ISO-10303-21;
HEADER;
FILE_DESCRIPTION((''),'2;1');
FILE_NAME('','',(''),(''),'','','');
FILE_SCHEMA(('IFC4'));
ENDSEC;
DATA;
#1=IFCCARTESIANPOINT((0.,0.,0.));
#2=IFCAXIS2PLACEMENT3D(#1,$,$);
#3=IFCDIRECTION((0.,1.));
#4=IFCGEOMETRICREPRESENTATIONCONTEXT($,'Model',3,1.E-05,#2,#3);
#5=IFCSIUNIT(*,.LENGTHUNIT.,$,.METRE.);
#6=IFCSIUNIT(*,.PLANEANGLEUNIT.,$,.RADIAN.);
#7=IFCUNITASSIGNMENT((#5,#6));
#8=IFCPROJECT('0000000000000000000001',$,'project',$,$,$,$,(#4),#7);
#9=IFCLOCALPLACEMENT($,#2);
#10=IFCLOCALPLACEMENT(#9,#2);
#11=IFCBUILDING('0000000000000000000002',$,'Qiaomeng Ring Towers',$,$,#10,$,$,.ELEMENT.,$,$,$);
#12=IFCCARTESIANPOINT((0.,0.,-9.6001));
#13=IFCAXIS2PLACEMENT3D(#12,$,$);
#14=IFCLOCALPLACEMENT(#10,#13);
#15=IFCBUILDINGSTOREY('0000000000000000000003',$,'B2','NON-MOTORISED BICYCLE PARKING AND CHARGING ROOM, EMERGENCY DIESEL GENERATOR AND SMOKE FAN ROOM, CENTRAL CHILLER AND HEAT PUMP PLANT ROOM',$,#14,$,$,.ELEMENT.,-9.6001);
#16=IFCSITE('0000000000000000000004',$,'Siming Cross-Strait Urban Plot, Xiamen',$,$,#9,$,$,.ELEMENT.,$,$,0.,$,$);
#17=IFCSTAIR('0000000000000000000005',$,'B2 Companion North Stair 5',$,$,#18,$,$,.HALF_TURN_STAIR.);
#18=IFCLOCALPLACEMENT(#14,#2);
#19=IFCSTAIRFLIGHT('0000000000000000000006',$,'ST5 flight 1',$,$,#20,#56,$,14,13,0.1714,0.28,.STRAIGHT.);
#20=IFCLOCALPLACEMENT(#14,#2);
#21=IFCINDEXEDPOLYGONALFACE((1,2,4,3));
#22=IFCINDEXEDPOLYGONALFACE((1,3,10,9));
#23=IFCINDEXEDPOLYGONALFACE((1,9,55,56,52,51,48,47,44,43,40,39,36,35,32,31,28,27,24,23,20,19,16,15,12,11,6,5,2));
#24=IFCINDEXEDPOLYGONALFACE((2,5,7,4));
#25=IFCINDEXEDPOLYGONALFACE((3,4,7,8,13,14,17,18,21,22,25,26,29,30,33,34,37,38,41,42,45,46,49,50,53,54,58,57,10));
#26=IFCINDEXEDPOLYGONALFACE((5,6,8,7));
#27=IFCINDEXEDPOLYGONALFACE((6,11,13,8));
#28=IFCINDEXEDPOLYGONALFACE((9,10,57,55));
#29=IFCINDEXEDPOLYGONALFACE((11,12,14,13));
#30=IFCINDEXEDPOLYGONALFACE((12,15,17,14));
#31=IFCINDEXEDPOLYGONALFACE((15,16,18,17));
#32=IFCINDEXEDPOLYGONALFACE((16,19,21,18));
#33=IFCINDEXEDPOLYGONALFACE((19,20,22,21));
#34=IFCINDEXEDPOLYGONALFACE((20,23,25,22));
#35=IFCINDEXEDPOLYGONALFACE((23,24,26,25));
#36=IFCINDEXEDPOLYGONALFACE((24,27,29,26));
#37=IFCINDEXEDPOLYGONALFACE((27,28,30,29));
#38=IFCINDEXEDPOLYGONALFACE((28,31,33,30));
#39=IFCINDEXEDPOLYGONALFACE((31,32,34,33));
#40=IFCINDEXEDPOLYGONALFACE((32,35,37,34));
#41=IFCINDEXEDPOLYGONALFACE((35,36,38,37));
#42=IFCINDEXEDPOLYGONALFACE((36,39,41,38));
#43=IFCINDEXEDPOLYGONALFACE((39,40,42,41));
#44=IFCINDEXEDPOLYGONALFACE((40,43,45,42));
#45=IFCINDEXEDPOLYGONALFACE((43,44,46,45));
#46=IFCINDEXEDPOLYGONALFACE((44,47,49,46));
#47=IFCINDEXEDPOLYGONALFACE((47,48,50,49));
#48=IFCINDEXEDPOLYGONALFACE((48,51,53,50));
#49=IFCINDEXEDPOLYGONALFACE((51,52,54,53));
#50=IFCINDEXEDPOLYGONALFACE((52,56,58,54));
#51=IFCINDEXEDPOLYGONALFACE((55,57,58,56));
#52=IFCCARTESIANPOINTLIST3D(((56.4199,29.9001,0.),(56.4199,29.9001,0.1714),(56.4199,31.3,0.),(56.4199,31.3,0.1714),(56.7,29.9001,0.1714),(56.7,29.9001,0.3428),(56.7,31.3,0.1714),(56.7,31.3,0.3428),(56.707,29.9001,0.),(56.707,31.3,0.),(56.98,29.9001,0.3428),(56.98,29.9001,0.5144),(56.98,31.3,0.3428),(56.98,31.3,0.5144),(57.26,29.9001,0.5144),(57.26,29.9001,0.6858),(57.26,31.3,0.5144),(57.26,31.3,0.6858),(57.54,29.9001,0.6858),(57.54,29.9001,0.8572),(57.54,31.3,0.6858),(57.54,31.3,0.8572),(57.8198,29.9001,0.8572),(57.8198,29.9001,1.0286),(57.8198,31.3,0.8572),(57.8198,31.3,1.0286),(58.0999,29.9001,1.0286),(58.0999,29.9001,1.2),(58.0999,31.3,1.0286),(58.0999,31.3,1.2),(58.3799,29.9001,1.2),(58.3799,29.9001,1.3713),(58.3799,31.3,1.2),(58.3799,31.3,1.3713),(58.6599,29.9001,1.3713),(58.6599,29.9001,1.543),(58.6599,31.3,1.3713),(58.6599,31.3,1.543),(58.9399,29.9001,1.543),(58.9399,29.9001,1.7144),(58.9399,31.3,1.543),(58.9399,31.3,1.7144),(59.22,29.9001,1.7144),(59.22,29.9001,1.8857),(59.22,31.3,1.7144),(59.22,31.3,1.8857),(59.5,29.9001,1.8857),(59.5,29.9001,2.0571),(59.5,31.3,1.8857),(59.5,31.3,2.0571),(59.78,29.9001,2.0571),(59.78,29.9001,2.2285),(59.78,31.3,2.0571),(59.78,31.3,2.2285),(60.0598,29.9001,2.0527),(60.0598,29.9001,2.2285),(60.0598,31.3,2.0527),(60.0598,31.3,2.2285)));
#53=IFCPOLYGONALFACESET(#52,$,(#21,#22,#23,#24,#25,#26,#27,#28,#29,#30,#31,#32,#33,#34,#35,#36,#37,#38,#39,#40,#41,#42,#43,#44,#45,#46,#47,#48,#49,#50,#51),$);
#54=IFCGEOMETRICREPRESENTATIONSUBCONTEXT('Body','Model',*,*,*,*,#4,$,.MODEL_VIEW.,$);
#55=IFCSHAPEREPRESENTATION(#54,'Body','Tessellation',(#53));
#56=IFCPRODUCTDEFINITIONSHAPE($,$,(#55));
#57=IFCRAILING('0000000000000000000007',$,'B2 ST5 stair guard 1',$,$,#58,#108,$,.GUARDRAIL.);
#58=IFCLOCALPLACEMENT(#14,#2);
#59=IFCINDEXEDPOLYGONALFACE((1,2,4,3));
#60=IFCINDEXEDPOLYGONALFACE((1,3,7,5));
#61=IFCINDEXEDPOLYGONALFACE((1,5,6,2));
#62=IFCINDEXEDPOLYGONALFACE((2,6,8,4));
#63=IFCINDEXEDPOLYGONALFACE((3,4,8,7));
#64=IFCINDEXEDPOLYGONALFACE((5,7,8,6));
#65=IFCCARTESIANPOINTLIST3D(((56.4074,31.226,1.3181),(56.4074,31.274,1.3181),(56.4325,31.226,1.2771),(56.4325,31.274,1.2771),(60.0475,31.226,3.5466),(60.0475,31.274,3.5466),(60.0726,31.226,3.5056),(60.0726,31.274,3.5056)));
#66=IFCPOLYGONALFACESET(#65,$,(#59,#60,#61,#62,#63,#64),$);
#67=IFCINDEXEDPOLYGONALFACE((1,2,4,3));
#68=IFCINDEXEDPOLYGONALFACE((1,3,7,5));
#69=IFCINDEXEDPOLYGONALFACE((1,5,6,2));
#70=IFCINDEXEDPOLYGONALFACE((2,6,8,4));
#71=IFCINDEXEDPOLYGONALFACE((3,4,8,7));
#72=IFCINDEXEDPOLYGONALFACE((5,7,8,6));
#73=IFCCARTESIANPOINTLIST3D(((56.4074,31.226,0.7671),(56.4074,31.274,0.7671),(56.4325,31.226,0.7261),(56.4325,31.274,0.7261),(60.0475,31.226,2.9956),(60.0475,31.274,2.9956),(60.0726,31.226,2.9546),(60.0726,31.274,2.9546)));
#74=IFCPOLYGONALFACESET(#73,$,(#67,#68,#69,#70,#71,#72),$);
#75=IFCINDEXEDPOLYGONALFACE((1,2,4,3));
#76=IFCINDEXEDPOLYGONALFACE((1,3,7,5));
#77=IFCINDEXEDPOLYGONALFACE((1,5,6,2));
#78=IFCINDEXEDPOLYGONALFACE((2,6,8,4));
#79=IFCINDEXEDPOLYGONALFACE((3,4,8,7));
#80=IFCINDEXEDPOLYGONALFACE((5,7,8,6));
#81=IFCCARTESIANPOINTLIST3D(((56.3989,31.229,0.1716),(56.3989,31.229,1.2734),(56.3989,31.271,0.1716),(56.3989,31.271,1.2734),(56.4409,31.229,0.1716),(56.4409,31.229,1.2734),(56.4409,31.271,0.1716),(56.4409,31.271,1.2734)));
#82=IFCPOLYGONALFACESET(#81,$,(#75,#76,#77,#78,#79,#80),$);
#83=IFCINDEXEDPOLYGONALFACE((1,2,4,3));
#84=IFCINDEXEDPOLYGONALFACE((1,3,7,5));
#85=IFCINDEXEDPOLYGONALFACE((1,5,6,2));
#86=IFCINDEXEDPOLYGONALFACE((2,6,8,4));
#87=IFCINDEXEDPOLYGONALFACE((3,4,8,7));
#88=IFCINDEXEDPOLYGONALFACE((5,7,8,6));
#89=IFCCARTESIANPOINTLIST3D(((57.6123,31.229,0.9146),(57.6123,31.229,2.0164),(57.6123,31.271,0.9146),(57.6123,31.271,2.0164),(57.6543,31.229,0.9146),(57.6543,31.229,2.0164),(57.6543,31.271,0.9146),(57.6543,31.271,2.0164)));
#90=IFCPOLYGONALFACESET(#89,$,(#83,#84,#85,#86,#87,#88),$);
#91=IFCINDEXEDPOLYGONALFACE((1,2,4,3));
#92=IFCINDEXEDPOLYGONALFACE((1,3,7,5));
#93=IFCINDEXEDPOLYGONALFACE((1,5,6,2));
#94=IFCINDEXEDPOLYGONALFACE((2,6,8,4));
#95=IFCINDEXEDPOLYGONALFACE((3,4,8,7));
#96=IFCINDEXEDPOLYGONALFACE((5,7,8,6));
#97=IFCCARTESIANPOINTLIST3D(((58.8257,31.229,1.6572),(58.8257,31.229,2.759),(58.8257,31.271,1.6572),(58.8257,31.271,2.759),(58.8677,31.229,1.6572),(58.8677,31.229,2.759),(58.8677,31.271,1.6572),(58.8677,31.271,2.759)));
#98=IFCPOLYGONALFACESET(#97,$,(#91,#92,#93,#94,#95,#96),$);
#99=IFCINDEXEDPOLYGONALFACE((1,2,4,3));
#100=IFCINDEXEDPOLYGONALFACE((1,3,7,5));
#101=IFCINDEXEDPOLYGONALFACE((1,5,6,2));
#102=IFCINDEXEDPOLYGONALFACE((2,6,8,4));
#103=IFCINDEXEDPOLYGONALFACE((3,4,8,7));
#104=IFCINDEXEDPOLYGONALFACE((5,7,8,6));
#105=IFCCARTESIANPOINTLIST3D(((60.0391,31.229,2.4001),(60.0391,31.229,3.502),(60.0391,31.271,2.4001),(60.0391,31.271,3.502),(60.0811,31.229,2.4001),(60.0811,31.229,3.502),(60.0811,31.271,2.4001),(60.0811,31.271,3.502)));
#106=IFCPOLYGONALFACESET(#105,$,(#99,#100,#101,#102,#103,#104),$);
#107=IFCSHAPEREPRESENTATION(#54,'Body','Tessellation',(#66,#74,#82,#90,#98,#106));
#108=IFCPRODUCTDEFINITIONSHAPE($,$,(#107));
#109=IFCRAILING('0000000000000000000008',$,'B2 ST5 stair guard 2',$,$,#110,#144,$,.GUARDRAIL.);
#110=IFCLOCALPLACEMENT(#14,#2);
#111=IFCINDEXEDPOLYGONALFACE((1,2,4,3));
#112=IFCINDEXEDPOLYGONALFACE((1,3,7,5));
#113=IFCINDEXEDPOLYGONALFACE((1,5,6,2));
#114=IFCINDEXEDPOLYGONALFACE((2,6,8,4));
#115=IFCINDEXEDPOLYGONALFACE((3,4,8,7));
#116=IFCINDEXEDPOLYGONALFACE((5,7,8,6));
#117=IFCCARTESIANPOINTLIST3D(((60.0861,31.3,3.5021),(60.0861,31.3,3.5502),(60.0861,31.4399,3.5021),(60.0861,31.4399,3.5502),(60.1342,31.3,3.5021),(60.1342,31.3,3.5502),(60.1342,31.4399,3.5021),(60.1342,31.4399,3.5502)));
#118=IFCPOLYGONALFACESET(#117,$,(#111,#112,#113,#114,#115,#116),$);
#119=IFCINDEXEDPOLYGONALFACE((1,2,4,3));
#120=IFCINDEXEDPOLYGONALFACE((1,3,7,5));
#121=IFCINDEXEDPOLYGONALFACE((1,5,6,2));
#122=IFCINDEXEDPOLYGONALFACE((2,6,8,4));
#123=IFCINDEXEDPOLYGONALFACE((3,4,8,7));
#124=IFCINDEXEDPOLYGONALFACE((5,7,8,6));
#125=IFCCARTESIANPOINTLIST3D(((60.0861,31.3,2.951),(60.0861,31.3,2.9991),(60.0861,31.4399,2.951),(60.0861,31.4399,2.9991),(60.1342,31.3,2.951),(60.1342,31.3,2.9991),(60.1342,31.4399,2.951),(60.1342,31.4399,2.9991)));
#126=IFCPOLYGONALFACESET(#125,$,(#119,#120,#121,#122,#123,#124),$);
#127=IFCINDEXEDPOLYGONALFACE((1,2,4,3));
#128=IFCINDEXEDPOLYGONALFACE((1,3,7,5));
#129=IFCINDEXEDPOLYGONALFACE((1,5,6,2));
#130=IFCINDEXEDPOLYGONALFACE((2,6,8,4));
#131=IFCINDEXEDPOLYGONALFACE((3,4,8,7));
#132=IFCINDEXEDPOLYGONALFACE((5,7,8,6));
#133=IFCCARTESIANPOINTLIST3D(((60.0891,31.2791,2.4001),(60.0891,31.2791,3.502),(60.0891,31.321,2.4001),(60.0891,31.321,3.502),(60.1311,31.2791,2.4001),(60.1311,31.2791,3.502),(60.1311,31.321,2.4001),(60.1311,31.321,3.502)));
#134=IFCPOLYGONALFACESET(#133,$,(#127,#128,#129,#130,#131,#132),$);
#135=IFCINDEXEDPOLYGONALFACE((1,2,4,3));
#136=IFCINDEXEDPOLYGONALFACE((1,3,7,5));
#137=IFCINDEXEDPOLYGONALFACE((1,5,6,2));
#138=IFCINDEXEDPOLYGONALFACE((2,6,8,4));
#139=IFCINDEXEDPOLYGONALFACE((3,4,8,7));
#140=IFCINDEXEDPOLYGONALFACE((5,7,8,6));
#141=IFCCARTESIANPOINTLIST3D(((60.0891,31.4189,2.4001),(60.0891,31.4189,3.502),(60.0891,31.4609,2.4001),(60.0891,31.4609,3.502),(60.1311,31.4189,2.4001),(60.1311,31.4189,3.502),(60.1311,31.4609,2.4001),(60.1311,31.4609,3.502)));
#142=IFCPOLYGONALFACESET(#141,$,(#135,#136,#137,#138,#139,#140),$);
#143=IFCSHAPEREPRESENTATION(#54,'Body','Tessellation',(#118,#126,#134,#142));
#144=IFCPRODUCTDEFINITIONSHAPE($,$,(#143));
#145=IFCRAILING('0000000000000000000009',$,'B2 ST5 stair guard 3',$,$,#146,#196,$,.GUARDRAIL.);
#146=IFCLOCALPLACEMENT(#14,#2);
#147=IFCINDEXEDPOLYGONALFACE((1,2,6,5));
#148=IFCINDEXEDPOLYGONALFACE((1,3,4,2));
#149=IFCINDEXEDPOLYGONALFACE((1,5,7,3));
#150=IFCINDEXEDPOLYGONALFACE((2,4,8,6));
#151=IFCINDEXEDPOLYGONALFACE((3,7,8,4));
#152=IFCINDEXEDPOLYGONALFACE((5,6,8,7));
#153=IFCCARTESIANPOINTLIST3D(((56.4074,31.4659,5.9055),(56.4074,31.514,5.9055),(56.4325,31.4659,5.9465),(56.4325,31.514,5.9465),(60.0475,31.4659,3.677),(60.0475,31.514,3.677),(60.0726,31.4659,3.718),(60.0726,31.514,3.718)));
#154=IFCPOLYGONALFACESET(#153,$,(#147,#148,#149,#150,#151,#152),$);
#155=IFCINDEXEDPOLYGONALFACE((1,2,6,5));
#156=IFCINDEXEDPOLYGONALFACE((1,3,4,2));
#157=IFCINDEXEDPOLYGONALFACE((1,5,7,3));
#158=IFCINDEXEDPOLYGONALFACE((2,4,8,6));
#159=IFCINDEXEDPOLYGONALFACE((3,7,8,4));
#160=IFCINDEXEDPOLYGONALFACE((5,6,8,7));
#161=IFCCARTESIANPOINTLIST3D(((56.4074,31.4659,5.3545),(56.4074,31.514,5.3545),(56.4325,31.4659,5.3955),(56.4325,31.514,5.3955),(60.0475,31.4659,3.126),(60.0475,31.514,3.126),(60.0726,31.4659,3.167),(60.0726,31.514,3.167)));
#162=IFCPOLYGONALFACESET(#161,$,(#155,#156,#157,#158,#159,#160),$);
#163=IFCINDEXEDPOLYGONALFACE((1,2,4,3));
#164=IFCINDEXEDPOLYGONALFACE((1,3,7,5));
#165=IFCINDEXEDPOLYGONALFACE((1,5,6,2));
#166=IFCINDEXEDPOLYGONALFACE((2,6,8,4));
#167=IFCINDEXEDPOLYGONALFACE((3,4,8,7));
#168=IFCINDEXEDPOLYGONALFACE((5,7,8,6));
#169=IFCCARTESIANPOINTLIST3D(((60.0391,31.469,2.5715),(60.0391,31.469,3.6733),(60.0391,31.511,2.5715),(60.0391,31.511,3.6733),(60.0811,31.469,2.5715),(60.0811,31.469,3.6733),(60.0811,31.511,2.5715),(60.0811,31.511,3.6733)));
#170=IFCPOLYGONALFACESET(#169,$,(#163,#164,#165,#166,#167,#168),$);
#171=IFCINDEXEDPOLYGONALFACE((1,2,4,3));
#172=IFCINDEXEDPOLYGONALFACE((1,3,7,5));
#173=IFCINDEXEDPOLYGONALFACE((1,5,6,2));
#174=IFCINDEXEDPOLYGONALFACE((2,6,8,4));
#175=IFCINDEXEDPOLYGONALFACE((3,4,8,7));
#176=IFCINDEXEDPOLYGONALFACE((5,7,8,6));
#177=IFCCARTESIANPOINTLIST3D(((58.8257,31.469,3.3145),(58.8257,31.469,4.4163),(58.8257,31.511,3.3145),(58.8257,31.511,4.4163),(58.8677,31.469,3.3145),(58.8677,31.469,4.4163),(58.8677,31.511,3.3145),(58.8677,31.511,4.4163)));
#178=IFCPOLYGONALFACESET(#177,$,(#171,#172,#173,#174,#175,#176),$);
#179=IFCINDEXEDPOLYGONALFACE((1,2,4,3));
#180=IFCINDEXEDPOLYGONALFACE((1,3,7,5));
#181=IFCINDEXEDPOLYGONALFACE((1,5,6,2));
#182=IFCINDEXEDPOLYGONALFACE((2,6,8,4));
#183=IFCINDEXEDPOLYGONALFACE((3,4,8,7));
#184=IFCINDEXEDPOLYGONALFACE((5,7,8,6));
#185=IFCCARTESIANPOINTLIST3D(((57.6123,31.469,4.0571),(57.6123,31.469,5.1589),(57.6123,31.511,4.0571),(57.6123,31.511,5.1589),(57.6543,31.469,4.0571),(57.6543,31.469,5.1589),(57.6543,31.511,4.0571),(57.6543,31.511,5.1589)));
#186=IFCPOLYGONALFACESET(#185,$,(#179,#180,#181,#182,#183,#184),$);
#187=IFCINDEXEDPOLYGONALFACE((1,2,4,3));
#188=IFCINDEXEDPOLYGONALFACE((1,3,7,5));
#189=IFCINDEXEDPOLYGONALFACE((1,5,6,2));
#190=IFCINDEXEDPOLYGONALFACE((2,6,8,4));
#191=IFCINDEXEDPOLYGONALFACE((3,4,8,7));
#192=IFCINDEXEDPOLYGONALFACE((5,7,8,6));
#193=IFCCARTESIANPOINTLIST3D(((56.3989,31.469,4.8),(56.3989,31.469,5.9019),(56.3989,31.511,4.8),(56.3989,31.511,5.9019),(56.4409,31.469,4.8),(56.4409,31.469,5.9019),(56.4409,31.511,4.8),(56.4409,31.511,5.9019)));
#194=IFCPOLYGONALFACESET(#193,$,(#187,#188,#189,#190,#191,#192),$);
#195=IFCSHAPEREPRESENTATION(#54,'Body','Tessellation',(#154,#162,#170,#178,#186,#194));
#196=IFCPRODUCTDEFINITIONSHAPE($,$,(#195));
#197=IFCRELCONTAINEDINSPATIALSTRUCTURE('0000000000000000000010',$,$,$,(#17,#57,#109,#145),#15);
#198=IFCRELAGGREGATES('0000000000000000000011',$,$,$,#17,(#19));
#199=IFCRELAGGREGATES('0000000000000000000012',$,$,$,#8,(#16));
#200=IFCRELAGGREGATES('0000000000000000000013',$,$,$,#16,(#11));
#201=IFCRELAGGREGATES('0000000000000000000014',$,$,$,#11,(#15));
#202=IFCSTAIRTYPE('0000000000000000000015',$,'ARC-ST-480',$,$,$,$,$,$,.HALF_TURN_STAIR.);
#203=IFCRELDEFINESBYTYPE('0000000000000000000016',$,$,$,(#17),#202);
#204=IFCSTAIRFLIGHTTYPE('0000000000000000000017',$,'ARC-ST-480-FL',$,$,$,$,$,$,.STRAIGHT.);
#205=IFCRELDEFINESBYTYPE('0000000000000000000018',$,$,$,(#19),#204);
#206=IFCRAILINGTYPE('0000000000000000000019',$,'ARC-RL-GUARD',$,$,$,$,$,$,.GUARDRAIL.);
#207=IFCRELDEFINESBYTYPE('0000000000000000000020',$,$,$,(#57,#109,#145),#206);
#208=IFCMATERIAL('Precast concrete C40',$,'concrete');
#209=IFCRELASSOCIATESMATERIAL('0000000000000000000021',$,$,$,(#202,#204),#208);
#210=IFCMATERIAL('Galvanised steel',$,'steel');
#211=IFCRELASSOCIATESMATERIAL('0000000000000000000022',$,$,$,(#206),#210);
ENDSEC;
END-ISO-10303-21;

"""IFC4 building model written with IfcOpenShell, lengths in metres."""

from ifc_helpers import new_model, si_unit, direction, frame, origin, origin_2d, place, context, subcontext, project, spatial, polyline, rectangle, outline, extrude, source, transform, mapped, material, type_object, element, aggregate, save


model = new_model("IFC4")

# Units and contexts
model_context = context("Model", 3, precision=1e-05, world=origin(), true_north=direction((0.0, 1.0)))
body_context = subcontext(model_context, "Body", "Model", "MODEL_VIEW")
ifc_project = project(units=[si_unit("LENGTHUNIT", "METRE"), si_unit("PLANEANGLEUNIT", "RADIAN")], contexts=[model_context])

# Site, building, storey
site_placement = place(None, origin())
site = spatial("IfcSite", under=ifc_project, at=site_placement, Name="Siming Cross-Strait Urban Plot, Xiamen", CompositionType="ELEMENT", RefElevation=0.0)
building_placement = place(site_placement, origin())
building = spatial("IfcBuilding", under=site, at=building_placement, Name="Qiaomeng Ring Towers", CompositionType="ELEMENT")
storey_placement = place(building_placement, frame((0.0, 0.0, -9.6001)))
storey = spatial("IfcBuildingStorey", under=building, at=storey_placement, Name="B2", Description="NON-MOTORISED BICYCLE PARKING AND CHARGING ROOM, EMERGENCY DIESEL GENERATOR AND SMOKE FAN ROOM, CENTRAL CHILLER AND HEAT PUMP PLANT ROOM", CompositionType="ELEMENT", Elevation=-9.6001)

# Shared definitions
ifc_material_1 = material(Name="Galvanised steel", Category="steel")

# Stair, stair flight
ifc_material_2 = material(Name="Precast concrete C40", Category="concrete")
stair_type = type_object("IfcStairType", Name="ARC-ST-480", PredefinedType="HALF_TURN_STAIR", material=ifc_material_2)
stair_placement = place(storey_placement, origin())
stair = element("IfcStair", 1, at=stair_placement, inside=storey, type_object=stair_type, Name="B2 Companion North Stair 5", PredefinedType="HALF_TURN_STAIR")
stair_flight_type = type_object("IfcStairFlightType", Name="ARC-ST-480-FL", PredefinedType="STRAIGHT", material=ifc_material_2)
shared_shape_1 = source(origin(), body_context, "Body", "SweptSolid", [
    extrude(outline(polyline([(0.0, 0.0), (0.0, 0.1714), (0.28, 0.1714), (0.28, 0.3428), (0.5601, 0.3428), (0.5601, 0.5144), (0.8401, 0.5144), (0.8401, 0.6858), (1.1201, 0.6858), (1.1201, 0.8572), (1.3999, 0.8572), (1.3999, 1.0286), (1.6799, 1.0286), (1.6799, 1.2), (1.96, 1.2), (1.96, 1.3713), (2.24, 1.3713), (2.24, 1.543), (2.52, 1.543), (2.52, 1.7144), (2.8, 1.7144), (2.8, 1.8857), (3.0801, 1.8857), (3.0801, 2.0571), (3.3601, 2.0571), (3.3601, 2.2285), (3.6399, 2.2285), (3.6399, 2.3999), (3.6399, 2.0527), (0.2871, 0.0), (0.0, 0.0)])), frame((0.0, 0.7, 0.0), z_axis=(0.0, -1.0, 0.0), x_axis=(1.0, 0.0, 0.0)), (0.0, 0.0, 1.0), 1.3999),
])
stair_flight_placement = place(storey_placement, frame((56.4199, 30.6001, 0.0), z_axis=(0.0, 0.0, 1.0), x_axis=(1.0, 0.0, 0.0)))
stair_flight = element("IfcStairFlight", 2, at=stair_flight_placement, type_object=stair_flight_type, Name="ST5 flight 1", NumberOfRisers=14, NumberOfTreads=13, PredefinedType="STRAIGHT", RiserHeight=0.1714, TreadLength=0.28, context=body_context, shape_type="MappedRepresentation", body=[
    mapped(shared_shape_1, transform((0.0, 0.0, 0.0), x_axis=(1.0, 0.0, 0.0), y_axis=(0.0, 1.0, 0.0), z_axis=(0.0, 0.0, 1.0), scale=1.0)),
])
aggregate(stair, [stair_flight])

# Railings
railing_type_1 = type_object("IfcRailingType", Name="ARC-RL-GUARD", PredefinedType="GUARDRAIL", material=ifc_material_1)
railing_1_placement = place(storey_placement, frame((56.4199, 31.25, 0.1716)))
element("IfcRailing", 3, at=railing_1_placement, inside=storey, type_object=railing_type_1, Name="B2 ST5 stair guard 1", PredefinedType="GUARDRAIL", context=body_context, shape_type="SweptSolid", body=[
    extrude(rectangle(XDim=0.0481, YDim=0.0481, at=origin_2d()), frame((0.0, 0.0, 1.126), z_axis=(0.852866, 0.0, 0.52213), x_axis=(0.0, 1.0, 0.0)), (0.0, 0.0, 1.0), 4.2681),
    extrude(rectangle(XDim=0.0481, YDim=0.0481, at=origin_2d()), frame((0.0, 0.0, 0.575), z_axis=(0.852866, 0.0, 0.52213), x_axis=(0.0, 1.0, 0.0)), (0.0, 0.0, 1.0), 4.2681),
    extrude(rectangle(XDim=0.042, YDim=0.042, at=origin_2d()), origin(), (0.0, 0.0, 1.0), 1.1018),
    extrude(rectangle(XDim=0.042, YDim=0.042, at=origin_2d()), frame((1.2134, 0.0, 0.7429)), (0.0, 0.0, 1.0), 1.1018),
    extrude(rectangle(XDim=0.042, YDim=0.042, at=origin_2d()), frame((2.4268, 0.0, 1.4856)), (0.0, 0.0, 1.0), 1.1018),
    extrude(rectangle(XDim=0.042, YDim=0.042, at=origin_2d()), frame((3.6401, 0.0, 2.2285)), (0.0, 0.0, 1.0), 1.1018),
])
railing_2_placement = place(storey_placement, frame((60.1101, 31.3, 2.4001)))
element("IfcRailing", 4, at=railing_2_placement, inside=storey, type_object=railing_type_1, Name="B2 ST5 stair guard 2", PredefinedType="GUARDRAIL", context=body_context, shape_type="SweptSolid", body=[
    extrude(rectangle(XDim=0.0481, YDim=0.0481, at=origin_2d()), frame((0.0, 0.0, 1.126), z_axis=(0.0, 1.0, 0.0), x_axis=(-1.0, 0.0, 0.0)), (0.0, 0.0, 1.0), 0.1399),
    extrude(rectangle(XDim=0.0481, YDim=0.0481, at=origin_2d()), frame((0.0, 0.0, 0.575), z_axis=(0.0, 1.0, 0.0), x_axis=(-1.0, 0.0, 0.0)), (0.0, 0.0, 1.0), 0.1399),
    extrude(rectangle(XDim=0.042, YDim=0.042, at=origin_2d()), origin(), (0.0, 0.0, 1.0), 1.1018),
    extrude(rectangle(XDim=0.042, YDim=0.042, at=origin_2d()), frame((0.0, 0.1399, 0.0)), (0.0, 0.0, 1.0), 1.1018),
])
railing_3_placement = place(storey_placement, frame((60.0601, 31.49, 2.5715)))
element("IfcRailing", 5, at=railing_3_placement, inside=storey, type_object=railing_type_1, Name="B2 ST5 stair guard 3", PredefinedType="GUARDRAIL", context=body_context, shape_type="SweptSolid", body=[
    extrude(rectangle(XDim=0.0481, YDim=0.0481, at=origin_2d()), frame((0.0, 0.0, 1.126), z_axis=(-0.852866, 0.0, 0.52213), x_axis=(0.0, -1.0, 0.0)), (0.0, 0.0, 1.0), 4.2681),
    extrude(rectangle(XDim=0.0481, YDim=0.0481, at=origin_2d()), frame((0.0, 0.0, 0.575), z_axis=(-0.852866, 0.0, 0.52213), x_axis=(0.0, -1.0, 0.0)), (0.0, 0.0, 1.0), 4.2681),
    extrude(rectangle(XDim=0.042, YDim=0.042, at=origin_2d()), origin(), (0.0, 0.0, 1.0), 1.1018),
    extrude(rectangle(XDim=0.042, YDim=0.042, at=origin_2d()), frame((-1.2134, 0.0, 0.7429)), (0.0, 0.0, 1.0), 1.1018),
    extrude(rectangle(XDim=0.042, YDim=0.042, at=origin_2d()), frame((-2.4268, 0.0, 1.4856)), (0.0, 0.0, 1.0), 1.1018),
    extrude(rectangle(XDim=0.042, YDim=0.042, at=origin_2d()), frame((-3.6401, 0.0, 2.2285)), (0.0, 0.0, 1.0), 1.1018),
])

save(model, "model.ifc")
